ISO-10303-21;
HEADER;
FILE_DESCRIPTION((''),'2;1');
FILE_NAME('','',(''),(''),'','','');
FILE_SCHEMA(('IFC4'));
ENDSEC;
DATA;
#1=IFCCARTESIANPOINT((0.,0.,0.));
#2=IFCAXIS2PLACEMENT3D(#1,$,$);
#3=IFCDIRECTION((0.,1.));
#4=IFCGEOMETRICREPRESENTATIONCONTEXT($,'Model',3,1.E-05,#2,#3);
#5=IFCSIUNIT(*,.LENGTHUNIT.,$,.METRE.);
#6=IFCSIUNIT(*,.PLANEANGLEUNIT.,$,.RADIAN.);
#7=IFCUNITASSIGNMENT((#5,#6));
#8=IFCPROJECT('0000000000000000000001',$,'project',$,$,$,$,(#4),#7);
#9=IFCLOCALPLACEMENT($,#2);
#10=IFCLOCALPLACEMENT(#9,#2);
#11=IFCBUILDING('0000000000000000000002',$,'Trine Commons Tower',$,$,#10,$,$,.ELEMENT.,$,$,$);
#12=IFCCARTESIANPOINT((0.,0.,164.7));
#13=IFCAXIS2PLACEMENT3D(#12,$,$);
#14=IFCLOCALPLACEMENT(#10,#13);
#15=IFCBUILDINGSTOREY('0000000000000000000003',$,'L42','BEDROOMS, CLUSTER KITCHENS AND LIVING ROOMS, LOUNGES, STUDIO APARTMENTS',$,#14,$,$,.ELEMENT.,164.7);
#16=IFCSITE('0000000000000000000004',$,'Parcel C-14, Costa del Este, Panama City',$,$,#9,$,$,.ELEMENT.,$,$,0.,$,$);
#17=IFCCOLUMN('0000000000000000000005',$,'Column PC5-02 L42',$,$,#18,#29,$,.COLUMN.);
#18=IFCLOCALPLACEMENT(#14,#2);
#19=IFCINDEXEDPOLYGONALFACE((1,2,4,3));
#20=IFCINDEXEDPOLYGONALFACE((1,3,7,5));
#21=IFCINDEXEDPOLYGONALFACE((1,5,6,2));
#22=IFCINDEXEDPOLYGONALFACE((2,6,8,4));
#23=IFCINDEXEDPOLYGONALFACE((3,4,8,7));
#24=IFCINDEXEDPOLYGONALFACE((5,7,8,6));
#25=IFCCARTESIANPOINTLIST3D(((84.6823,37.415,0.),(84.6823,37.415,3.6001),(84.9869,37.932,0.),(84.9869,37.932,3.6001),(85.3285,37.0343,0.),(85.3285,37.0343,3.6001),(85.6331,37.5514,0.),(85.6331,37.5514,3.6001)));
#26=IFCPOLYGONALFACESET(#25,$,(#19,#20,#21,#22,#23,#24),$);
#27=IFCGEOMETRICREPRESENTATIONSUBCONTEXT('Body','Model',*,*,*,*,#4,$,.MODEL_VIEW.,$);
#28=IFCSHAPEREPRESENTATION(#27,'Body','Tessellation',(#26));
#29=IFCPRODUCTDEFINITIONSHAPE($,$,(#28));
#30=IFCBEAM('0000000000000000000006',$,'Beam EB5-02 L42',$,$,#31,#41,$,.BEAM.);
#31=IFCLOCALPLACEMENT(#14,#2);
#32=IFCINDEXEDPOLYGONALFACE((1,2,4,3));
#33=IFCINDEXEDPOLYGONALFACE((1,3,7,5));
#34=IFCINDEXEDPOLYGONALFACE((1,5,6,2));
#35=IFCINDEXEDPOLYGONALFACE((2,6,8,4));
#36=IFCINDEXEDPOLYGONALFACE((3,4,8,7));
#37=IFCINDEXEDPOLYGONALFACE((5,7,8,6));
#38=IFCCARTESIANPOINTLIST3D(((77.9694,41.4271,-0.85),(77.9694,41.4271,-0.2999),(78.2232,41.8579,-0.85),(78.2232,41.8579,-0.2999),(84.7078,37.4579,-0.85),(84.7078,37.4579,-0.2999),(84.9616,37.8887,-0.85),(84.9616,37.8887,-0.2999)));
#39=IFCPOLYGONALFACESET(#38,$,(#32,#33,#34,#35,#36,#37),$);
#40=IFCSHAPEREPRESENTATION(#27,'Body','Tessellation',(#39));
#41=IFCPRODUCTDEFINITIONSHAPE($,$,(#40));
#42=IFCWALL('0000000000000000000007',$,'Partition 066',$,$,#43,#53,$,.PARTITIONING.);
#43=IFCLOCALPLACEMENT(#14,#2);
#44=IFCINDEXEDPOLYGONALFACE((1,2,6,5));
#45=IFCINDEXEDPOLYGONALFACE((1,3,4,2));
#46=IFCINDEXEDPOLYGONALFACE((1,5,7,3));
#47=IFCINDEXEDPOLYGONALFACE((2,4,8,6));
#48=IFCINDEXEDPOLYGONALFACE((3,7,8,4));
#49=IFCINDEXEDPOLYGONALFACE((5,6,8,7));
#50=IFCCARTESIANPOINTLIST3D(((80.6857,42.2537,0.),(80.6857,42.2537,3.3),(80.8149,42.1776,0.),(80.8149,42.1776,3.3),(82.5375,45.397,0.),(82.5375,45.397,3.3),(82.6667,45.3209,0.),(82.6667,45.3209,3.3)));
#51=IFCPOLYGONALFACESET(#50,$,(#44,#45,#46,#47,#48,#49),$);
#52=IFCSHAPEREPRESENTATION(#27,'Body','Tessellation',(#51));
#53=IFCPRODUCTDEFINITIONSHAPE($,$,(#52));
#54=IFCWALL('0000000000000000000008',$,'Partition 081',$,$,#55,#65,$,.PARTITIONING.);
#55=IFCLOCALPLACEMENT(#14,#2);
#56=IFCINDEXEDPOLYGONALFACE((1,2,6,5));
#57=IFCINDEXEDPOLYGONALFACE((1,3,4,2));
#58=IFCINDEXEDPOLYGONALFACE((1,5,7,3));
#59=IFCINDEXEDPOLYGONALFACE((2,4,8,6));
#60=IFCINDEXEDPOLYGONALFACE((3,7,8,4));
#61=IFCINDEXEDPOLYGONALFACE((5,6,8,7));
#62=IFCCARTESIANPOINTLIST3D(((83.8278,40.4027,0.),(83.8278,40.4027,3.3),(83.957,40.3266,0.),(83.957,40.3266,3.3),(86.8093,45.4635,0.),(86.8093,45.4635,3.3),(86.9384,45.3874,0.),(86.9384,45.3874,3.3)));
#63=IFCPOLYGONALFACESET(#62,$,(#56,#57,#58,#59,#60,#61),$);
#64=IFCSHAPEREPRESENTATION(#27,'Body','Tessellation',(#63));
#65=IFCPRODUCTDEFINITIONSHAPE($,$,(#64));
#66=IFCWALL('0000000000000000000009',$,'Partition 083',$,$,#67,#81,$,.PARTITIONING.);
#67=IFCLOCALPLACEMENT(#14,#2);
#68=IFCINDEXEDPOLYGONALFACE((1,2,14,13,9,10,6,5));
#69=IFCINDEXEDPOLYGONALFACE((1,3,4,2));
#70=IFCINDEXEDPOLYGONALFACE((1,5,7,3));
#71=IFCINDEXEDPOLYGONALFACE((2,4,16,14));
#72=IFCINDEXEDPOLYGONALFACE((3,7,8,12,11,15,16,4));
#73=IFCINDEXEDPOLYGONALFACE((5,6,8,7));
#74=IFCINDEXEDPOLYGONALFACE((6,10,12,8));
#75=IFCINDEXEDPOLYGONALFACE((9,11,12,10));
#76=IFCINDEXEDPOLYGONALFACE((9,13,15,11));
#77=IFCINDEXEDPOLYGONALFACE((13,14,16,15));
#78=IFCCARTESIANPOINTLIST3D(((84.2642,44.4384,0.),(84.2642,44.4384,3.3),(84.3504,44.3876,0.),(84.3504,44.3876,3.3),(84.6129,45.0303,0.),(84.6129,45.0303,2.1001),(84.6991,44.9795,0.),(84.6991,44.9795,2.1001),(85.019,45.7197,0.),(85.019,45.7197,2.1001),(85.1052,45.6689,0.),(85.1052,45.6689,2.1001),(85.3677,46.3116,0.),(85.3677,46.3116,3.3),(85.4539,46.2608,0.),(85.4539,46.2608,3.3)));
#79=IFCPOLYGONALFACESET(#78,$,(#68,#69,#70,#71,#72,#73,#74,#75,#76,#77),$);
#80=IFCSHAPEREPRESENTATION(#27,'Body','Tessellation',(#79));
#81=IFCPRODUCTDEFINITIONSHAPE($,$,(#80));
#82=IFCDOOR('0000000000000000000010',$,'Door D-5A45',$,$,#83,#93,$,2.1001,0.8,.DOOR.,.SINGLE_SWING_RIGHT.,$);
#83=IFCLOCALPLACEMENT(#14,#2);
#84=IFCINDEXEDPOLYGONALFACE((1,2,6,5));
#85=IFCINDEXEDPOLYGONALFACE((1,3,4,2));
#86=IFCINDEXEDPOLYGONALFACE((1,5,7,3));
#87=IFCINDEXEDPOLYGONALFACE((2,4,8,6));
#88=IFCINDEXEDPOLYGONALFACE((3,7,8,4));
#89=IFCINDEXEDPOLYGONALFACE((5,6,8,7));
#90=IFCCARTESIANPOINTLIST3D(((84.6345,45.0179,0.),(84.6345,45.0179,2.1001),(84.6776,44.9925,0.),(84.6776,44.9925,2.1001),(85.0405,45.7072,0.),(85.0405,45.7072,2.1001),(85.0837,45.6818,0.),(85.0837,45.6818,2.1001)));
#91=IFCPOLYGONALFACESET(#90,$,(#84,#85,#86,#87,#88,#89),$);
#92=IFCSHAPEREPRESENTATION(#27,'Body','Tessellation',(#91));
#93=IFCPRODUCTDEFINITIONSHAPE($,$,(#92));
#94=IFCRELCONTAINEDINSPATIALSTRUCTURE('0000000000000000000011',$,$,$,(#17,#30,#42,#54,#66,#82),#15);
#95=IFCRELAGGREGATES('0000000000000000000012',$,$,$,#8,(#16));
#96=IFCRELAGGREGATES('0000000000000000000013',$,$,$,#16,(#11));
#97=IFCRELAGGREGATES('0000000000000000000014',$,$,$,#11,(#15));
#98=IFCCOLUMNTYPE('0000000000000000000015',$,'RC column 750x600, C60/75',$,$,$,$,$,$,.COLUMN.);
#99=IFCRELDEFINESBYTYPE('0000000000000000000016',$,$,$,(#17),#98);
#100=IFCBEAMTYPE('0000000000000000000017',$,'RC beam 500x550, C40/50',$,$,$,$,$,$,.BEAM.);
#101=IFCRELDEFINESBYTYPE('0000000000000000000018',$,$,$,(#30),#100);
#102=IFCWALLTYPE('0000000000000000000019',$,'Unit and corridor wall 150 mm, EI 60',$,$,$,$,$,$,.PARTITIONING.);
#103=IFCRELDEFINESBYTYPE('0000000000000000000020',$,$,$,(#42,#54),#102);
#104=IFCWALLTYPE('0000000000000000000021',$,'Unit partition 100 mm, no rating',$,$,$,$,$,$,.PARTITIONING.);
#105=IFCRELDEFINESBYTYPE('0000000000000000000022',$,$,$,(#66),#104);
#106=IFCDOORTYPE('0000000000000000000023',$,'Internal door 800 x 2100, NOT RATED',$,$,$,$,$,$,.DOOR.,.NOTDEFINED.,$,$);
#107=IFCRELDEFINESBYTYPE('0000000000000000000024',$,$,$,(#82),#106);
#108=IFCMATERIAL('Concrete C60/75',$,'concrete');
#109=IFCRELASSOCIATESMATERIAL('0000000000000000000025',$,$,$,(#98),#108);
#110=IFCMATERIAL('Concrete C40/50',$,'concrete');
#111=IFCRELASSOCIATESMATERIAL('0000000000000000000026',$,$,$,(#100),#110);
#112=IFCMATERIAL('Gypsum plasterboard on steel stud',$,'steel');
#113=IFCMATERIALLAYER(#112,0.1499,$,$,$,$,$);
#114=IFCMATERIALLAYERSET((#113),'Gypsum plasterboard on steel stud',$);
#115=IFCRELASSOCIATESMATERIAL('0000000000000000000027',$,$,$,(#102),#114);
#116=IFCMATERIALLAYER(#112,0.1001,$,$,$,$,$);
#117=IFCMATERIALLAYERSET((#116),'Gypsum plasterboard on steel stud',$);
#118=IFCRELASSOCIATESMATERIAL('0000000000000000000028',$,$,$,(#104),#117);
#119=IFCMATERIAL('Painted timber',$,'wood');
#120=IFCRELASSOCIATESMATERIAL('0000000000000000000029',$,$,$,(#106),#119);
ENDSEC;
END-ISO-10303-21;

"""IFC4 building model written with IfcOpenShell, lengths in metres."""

from ifc_helpers import new_model, si_unit, direction, frame, frame_2d, origin, origin_2d, place, context, subcontext, project, spatial, rectangle, extrude, material, layer, layer_set, material_profile, profile_set, type_object, element, fill, save


model = new_model("IFC4")

# Units and contexts
model_context = context("Model", 3, precision=1e-05, world=origin(), true_north=direction((0.0, 1.0)))
body_context = subcontext(model_context, "Body", "Model", "MODEL_VIEW")
ifc_project = project(units=[si_unit("LENGTHUNIT", "METRE"), si_unit("PLANEANGLEUNIT", "RADIAN")], contexts=[model_context])

# Site, building, storey
site_placement = place(None, origin())
site = spatial("IfcSite", under=ifc_project, at=site_placement, Name="Parcel C-14, Costa del Este, Panama City", CompositionType="ELEMENT", RefElevation=0.0)
building_placement = place(site_placement, origin())
building = spatial("IfcBuilding", under=site, at=building_placement, Name="Trine Commons Tower", CompositionType="ELEMENT")
storey_placement = place(building_placement, frame((0.0, 0.0, 164.7)))
storey = spatial("IfcBuildingStorey", under=building, at=storey_placement, Name="L42", Description="BEDROOMS, CLUSTER KITCHENS AND LIVING ROOMS, LOUNGES, STUDIO APARTMENTS", CompositionType="ELEMENT", Elevation=164.7)

# Column
ifc_material_1 = material(Name="Concrete C60/75", Category="concrete")
ifc_material_profile_1 = material_profile(ifc_material_1, rectangle(XDim=0.75, YDim=0.6001, at=origin_2d()), Name="RC 750x600")
ifc_profile_set_1 = profile_set([ifc_material_profile_1], Name="Concrete C60/75")
column_type = type_object("IfcColumnType", Name="RC column 750x600, C60/75", PredefinedType="COLUMN", material=ifc_profile_set_1)
column_placement = place(storey_placement, frame((85.1577, 37.4832, 0.0), z_axis=(0.0, 0.0, 1.0), x_axis=(-0.861629, 0.507538, 0.0)))
element("IfcColumn", 1, at=column_placement, inside=storey, type_object=column_type, Name="Column PC5-02 L42", PredefinedType="COLUMN", context=body_context, shape_type="SweptSolid", body=[
    extrude(rectangle(XDim=0.75, YDim=0.6001, at=origin_2d()), origin(), (0.0, 0.0, 1.0), 3.6001),
])

# Beam
ifc_material_2 = material(Name="Concrete C40/50", Category="concrete")
ifc_material_profile_2 = material_profile(ifc_material_2, rectangle(XDim=0.5, YDim=0.55, at=origin_2d()), Name="RC 500x550")
ifc_profile_set_2 = profile_set([ifc_material_profile_2], Name="Concrete C40/50")
beam_type = type_object("IfcBeamType", Name="RC beam 500x550, C40/50", PredefinedType="BEAM", material=ifc_profile_set_2)
beam_placement = place(storey_placement, frame((84.8347, 37.6733, -0.575), z_axis=(-0.861632, 0.507533, 0.0), x_axis=(-0.507533, -0.861632, 0.0)))
element("IfcBeam", 2, at=beam_placement, inside=storey, type_object=beam_type, Name="Beam EB5-02 L42", PredefinedType="BEAM", context=body_context, shape_type="SweptSolid", body=[
    extrude(rectangle(XDim=0.5, YDim=0.55, at=origin_2d()), origin(), (0.0, 0.0, 1.0), 7.8206),
])

# Walls
ifc_material_3 = material(Name="Gypsum plasterboard on steel stud", Category="steel")
ifc_layer_1 = layer(ifc_material_3, 0.1499)
ifc_layer_set_1 = layer_set([ifc_layer_1], Name="Gypsum plasterboard on steel stud")
wall_type_1 = type_object("IfcWallType", Name="Unit and corridor wall 150 mm, EI 60", PredefinedType="PARTITIONING", material=ifc_layer_set_1)
wall_1_placement = place(storey_placement, frame((80.7502, 42.2156, 0.0), z_axis=(0.0, 0.0, 1.0), x_axis=(0.50759, 0.861599, 0.0)))
element("IfcWall", 3, at=wall_1_placement, inside=storey, type_object=wall_type_1, Name="Partition 066", PredefinedType="PARTITIONING", context=body_context, shape_type="SweptSolid", body=[
    extrude(rectangle(XDim=3.6482, YDim=0.1499, at=frame_2d((1.8242, 0.0))), origin(), (0.0, 0.0, 1.0), 3.3),
])
wall_2_placement = place(storey_placement, frame((83.8923, 40.3645, 0.0), z_axis=(0.0, 0.0, 1.0), x_axis=(0.50759, 0.861599, 0.0)))
element("IfcWall", 4, at=wall_2_placement, inside=storey, type_object=wall_type_1, Name="Partition 081", PredefinedType="PARTITIONING", context=body_context, shape_type="SweptSolid", body=[
    extrude(rectangle(XDim=5.8738, YDim=0.1499, at=frame_2d((2.937, 0.0))), origin(), (0.0, 0.0, 1.0), 3.3),
])

# Wall, opening, door
ifc_layer_2 = layer(ifc_material_3, 0.1001)
ifc_layer_set_2 = layer_set([ifc_layer_2], Name="Gypsum plasterboard on steel stud")
wall_type_2 = type_object("IfcWallType", Name="Unit partition 100 mm, no rating", PredefinedType="PARTITIONING", material=ifc_layer_set_2)
wall_3_placement = place(storey_placement, frame((84.3074, 44.4131, 0.0), z_axis=(0.0, 0.0, 1.0), x_axis=(0.50756, 0.861617, 0.0)))
wall_3 = element("IfcWall", 5, at=wall_3_placement, inside=storey, type_object=wall_type_2, Name="Partition 083", PredefinedType="PARTITIONING", context=body_context, shape_type="SweptSolid", body=[
    extrude(rectangle(XDim=2.1741, YDim=0.1001, at=frame_2d((1.0869, 0.0))), origin(), (0.0, 0.0, 1.0), 3.3),
])
opening_placement = place(wall_3_placement, frame((0.687, 0.0, 0.0)))
opening = element("IfcOpeningElement", 6, at=opening_placement, cuts=wall_3, PredefinedType="OPENING", context=body_context, shape_type="SweptSolid", body=[
    extrude(rectangle(XDim=0.8, YDim=2.1001, at=frame_2d((0.3999, 1.05))), frame((0.0, 0.0601, 0.0), z_axis=(0.0, -1.0, 0.0), x_axis=(1.0, 0.0, 0.0)), (0.0, 0.0, 1.0), 0.1201),
])
ifc_material_4 = material(Name="Painted timber", Category="wood")
door_type = type_object("IfcDoorType", Name="Internal door 800 x 2100, NOT RATED", OperationType="NOTDEFINED", PredefinedType="DOOR", material=ifc_material_4)
door_placement = place(opening_placement, frame((0.8, 0.0, 0.0), z_axis=(0.0, 0.0, 1.0), x_axis=(-1.0, 0.0, 0.0)))
door = element("IfcDoor", 7, at=door_placement, inside=storey, type_object=door_type, Name="Door D-5A45", OperationType="SINGLE_SWING_RIGHT", OverallHeight=2.1001, OverallWidth=0.8, PredefinedType="DOOR", context=body_context, shape_type="SweptSolid", body=[
    extrude(rectangle(XDim=0.8, YDim=2.1001, at=frame_2d((0.3999, 1.05))), frame((0.0, 0.0249, 0.0), z_axis=(0.0, -1.0, 0.0), x_axis=(1.0, 0.0, 0.0)), (0.0, 0.0, 1.0), 0.05),
])
fill(opening, door)

save(model, "model.ifc")
